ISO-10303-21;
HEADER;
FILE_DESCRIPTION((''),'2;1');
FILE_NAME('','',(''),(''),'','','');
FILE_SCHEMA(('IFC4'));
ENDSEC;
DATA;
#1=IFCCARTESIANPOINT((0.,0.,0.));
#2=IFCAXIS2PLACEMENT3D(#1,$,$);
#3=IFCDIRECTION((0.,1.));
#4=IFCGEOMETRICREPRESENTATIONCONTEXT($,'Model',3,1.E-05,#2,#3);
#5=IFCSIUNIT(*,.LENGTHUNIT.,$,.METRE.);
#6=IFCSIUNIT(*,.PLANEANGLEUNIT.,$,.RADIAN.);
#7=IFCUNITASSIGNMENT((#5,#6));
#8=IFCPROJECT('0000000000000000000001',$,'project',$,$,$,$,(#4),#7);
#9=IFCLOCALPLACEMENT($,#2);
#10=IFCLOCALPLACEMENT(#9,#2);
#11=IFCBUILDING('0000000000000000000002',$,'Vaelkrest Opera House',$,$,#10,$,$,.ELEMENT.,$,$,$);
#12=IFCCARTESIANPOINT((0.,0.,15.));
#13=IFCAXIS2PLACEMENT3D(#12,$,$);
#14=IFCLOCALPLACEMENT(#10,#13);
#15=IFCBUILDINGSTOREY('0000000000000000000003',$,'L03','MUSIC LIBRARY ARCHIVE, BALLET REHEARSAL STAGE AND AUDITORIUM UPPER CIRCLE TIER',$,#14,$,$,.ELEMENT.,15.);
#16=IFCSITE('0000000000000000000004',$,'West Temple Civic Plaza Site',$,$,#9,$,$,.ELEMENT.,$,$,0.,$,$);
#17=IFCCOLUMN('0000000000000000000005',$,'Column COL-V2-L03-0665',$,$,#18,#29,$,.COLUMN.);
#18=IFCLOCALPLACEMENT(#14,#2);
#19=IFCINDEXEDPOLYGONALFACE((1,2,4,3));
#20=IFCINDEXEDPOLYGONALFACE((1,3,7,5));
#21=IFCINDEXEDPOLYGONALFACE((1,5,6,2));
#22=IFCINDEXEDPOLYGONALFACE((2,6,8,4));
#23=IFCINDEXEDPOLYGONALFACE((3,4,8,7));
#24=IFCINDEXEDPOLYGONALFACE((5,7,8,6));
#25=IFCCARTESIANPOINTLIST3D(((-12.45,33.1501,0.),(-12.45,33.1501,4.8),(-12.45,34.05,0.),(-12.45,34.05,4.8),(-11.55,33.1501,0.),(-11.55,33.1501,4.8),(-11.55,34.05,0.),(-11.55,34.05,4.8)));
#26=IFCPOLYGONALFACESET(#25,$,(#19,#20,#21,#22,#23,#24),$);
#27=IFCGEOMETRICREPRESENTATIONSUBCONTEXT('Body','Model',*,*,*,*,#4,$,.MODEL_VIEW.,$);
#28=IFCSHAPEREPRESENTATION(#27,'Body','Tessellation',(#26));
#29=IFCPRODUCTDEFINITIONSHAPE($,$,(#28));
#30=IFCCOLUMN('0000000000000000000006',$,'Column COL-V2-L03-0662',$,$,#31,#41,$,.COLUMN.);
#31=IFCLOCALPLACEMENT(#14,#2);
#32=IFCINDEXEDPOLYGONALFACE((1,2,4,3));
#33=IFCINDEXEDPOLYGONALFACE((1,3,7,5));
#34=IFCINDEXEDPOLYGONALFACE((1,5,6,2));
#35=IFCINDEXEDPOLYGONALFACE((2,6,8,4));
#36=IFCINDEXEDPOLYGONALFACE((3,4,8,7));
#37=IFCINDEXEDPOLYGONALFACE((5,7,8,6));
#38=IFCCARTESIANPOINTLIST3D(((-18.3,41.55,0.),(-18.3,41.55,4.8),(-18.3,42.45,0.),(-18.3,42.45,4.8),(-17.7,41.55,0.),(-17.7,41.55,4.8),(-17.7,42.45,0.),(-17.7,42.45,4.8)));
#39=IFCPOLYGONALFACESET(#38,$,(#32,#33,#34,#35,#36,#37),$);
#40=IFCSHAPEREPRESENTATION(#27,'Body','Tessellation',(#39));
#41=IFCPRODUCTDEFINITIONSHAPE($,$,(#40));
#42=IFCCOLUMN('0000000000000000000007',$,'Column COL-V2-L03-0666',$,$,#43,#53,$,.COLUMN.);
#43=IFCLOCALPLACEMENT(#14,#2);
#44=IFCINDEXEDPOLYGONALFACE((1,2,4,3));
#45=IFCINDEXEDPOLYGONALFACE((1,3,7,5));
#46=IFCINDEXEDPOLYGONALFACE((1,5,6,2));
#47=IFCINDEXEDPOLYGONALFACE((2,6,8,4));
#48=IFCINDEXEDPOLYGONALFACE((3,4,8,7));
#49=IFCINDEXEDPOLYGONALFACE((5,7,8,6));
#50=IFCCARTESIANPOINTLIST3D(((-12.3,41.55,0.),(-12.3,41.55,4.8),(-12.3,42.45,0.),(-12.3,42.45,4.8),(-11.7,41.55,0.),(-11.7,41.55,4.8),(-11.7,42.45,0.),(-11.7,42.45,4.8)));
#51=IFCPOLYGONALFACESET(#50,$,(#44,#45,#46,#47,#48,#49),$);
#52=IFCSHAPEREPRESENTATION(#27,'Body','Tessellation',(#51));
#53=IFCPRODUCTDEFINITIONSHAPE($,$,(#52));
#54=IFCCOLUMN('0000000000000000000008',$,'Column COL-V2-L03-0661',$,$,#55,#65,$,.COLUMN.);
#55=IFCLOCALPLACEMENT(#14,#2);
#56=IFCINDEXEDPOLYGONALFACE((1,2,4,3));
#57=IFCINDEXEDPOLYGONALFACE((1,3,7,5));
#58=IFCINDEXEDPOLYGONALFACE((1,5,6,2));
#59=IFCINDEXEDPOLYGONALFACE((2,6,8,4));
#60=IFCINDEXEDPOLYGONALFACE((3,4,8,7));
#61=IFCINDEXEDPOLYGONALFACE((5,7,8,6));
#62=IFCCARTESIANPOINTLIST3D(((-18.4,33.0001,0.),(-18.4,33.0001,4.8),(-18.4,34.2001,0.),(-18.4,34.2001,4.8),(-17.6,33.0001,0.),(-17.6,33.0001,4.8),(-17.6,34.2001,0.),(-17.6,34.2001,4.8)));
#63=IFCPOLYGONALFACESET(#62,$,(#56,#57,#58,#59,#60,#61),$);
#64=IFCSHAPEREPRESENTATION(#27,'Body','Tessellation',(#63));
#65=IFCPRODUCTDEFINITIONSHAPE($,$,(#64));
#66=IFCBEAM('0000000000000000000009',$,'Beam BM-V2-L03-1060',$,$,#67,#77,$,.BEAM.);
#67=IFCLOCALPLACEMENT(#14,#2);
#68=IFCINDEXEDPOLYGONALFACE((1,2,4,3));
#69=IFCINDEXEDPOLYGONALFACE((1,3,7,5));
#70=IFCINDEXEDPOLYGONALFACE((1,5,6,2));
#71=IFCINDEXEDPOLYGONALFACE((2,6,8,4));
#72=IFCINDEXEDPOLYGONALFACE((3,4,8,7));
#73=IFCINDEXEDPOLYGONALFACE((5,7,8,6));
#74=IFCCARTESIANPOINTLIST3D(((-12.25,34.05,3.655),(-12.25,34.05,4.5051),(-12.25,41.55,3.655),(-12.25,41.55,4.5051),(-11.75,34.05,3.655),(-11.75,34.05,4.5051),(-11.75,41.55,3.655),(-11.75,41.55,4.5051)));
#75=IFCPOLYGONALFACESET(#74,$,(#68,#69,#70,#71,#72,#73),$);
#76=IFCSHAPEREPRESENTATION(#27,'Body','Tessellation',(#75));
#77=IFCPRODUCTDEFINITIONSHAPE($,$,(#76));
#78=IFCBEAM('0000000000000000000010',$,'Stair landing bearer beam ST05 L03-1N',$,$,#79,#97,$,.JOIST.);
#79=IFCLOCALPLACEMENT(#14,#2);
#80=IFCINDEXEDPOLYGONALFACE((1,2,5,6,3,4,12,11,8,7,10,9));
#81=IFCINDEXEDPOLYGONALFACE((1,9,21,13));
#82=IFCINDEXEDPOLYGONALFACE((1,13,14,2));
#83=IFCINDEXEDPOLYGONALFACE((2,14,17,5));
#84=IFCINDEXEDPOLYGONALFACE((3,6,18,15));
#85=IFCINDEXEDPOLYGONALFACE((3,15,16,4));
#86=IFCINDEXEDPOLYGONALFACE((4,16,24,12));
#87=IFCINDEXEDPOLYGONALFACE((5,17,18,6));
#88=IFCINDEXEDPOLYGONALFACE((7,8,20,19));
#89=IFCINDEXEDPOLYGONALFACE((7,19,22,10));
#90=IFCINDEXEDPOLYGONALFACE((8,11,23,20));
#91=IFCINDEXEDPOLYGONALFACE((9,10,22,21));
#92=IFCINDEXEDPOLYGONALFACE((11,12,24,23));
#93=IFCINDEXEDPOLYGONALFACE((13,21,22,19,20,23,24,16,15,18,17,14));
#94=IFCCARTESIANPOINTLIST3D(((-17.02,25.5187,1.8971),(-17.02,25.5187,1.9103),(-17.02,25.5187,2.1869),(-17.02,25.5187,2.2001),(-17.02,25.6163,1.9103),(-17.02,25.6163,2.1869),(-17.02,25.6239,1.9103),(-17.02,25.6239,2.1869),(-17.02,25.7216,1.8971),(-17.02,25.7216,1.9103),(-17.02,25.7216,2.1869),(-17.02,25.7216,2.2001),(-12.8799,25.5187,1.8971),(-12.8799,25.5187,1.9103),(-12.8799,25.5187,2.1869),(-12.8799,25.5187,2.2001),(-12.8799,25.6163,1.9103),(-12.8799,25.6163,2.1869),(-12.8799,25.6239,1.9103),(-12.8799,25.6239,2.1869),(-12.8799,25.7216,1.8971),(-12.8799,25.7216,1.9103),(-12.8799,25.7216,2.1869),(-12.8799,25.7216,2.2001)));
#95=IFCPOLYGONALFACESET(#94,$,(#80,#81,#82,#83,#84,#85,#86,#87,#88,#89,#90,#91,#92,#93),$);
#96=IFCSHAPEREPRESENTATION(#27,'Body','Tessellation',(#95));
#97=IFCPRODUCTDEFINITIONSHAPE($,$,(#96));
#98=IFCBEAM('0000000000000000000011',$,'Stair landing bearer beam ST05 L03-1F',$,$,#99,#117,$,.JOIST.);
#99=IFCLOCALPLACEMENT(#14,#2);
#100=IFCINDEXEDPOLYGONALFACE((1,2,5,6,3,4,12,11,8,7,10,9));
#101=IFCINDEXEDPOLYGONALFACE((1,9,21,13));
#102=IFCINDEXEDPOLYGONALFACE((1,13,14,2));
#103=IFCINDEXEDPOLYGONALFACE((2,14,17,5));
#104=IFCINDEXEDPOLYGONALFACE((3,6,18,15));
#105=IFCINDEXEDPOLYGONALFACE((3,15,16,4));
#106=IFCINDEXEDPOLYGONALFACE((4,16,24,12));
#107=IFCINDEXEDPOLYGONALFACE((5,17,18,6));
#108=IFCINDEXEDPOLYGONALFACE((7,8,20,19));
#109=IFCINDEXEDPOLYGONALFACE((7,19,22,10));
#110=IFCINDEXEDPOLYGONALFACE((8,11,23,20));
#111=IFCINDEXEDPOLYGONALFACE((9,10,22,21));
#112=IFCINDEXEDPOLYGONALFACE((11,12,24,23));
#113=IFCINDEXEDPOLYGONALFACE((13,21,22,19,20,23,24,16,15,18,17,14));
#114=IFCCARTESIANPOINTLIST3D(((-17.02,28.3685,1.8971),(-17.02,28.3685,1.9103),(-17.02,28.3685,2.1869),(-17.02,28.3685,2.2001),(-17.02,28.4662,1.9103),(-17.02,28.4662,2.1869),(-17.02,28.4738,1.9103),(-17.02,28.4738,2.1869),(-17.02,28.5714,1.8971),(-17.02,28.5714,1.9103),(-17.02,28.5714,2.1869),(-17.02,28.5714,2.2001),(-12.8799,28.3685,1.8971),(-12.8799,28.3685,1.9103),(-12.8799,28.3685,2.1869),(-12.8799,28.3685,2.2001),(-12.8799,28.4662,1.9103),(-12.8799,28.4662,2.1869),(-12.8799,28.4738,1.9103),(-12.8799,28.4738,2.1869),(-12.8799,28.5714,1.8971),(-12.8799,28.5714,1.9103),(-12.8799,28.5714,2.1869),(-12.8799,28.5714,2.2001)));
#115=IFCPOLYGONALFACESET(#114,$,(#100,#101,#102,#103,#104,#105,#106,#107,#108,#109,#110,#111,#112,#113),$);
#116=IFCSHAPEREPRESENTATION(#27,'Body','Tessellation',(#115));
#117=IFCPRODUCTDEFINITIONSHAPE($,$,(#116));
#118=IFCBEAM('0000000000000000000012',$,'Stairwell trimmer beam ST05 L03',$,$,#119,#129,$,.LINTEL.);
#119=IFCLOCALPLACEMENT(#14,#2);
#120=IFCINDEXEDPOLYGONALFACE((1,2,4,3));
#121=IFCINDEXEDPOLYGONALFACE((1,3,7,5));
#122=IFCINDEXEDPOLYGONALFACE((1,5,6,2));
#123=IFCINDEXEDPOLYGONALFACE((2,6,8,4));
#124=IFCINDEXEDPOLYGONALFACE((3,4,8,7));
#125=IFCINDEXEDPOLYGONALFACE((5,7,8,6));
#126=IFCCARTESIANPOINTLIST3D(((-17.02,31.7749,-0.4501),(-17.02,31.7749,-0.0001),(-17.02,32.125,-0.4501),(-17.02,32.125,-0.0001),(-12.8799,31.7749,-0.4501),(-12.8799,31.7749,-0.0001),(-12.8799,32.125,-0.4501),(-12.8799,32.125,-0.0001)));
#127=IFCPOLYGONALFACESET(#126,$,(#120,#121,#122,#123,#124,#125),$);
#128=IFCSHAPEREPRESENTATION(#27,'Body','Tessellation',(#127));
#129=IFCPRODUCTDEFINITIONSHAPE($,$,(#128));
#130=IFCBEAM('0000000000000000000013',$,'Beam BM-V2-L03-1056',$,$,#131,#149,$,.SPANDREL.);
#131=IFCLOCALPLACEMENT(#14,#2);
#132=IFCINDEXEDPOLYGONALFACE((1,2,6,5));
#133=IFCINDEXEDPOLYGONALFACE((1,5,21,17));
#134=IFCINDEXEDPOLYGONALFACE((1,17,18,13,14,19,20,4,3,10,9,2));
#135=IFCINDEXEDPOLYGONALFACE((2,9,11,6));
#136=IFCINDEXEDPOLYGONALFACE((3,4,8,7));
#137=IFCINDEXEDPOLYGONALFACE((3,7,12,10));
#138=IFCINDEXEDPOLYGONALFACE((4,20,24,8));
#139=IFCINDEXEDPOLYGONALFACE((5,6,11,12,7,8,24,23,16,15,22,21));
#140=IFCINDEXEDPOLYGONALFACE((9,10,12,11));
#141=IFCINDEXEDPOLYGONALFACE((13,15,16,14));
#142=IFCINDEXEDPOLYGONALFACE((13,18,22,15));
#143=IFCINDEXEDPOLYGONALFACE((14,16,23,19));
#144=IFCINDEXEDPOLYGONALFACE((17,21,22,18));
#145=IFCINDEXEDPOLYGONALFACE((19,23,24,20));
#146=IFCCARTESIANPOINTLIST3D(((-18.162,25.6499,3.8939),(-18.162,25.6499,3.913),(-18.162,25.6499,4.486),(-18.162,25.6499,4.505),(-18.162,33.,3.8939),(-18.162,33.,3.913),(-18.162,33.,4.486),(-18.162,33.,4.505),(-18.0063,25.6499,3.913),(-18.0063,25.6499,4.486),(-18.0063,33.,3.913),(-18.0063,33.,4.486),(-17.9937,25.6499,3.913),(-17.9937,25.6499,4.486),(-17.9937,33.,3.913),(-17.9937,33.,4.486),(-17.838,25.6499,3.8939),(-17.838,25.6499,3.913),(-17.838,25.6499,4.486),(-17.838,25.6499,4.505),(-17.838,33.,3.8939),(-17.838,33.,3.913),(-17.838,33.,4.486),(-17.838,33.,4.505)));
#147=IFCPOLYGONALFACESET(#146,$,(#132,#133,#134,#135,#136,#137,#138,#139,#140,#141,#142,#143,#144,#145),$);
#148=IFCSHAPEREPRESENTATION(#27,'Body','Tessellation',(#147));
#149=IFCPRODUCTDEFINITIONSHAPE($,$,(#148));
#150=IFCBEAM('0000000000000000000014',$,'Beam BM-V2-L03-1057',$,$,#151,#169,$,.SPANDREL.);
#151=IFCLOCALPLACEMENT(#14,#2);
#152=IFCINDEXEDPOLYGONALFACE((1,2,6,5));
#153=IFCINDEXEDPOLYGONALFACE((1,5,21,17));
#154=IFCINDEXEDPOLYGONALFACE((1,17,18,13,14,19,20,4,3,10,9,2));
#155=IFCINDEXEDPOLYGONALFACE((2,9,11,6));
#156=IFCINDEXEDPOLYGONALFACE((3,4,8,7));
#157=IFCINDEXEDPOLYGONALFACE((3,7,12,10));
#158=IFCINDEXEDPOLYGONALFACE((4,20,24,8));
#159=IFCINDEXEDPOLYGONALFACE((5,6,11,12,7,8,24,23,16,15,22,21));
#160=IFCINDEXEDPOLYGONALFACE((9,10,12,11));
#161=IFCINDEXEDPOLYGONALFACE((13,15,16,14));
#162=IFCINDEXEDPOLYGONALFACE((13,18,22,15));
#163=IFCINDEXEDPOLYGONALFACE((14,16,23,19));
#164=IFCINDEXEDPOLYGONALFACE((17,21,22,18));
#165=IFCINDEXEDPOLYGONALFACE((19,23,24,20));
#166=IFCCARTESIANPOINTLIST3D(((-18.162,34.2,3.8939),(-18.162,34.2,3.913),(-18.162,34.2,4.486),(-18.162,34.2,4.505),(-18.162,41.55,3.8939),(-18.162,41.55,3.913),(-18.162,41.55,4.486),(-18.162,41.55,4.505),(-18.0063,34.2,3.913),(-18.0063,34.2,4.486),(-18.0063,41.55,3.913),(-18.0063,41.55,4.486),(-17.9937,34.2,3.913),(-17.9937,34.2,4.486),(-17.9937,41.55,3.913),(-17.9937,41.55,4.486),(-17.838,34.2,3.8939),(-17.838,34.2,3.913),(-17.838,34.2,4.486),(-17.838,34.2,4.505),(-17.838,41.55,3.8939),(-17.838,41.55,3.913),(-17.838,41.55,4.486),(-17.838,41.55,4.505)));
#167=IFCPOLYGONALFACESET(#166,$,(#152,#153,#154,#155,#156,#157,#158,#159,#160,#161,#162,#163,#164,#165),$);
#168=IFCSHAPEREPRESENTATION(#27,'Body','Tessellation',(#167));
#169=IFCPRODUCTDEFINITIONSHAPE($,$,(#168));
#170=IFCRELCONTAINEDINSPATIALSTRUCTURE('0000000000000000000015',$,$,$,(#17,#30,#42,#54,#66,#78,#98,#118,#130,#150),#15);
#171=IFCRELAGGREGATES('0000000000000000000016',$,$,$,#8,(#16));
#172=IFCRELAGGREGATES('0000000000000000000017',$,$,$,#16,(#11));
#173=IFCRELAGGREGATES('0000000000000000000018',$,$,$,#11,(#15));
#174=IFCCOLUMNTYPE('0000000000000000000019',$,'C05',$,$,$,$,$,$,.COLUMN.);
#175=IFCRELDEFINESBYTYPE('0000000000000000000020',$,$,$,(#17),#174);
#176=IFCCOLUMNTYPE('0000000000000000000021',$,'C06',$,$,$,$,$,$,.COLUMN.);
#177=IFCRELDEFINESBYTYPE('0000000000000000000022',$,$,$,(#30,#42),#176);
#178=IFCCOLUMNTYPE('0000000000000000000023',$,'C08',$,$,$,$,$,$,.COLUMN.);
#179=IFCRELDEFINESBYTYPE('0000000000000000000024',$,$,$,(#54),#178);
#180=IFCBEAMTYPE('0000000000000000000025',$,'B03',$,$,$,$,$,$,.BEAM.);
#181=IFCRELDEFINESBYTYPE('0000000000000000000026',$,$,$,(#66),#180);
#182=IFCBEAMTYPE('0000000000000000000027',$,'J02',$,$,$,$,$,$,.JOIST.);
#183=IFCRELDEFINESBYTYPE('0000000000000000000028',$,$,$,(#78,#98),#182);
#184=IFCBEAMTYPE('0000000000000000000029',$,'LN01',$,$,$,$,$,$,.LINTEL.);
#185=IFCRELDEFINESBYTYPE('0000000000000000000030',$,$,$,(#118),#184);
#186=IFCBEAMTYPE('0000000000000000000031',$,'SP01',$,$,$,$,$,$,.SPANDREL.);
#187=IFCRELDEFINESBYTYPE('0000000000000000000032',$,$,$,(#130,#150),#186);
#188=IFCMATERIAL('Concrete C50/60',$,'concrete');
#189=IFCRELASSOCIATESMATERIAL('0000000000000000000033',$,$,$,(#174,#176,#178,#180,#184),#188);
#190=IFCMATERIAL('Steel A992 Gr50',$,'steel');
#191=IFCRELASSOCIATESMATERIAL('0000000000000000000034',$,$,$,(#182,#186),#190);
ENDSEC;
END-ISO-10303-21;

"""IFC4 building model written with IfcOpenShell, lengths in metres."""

from ifc_helpers import new_model, si_unit, direction, frame, origin, origin_2d, place, context, subcontext, project, spatial, rectangle, i_section, extrude, material, material_profile, profile_set, type_object, element, save


model = new_model("IFC4")

# Units and contexts
model_context = context("Model", 3, precision=1e-05, world=origin(), true_north=direction((0.0, 1.0)))
body_context = subcontext(model_context, "Body", "Model", "MODEL_VIEW")
ifc_project = project(units=[si_unit("LENGTHUNIT", "METRE"), si_unit("PLANEANGLEUNIT", "RADIAN")], contexts=[model_context])

# Site, building, storey
site_placement = place(None, origin())
site = spatial("IfcSite", under=ifc_project, at=site_placement, Name="West Temple Civic Plaza Site", CompositionType="ELEMENT", RefElevation=0.0)
building_placement = place(site_placement, origin())
building = spatial("IfcBuilding", under=site, at=building_placement, Name="Vaelkrest Opera House", CompositionType="ELEMENT")
storey_placement = place(building_placement, frame((0.0, 0.0, 15.0)))
storey = spatial("IfcBuildingStorey", under=building, at=storey_placement, Name="L03", Description="MUSIC LIBRARY ARCHIVE, BALLET REHEARSAL STAGE AND AUDITORIUM UPPER CIRCLE TIER", CompositionType="ELEMENT", Elevation=15.0)

# Columns
ifc_material_1 = material(Name="Concrete C50/60", Category="concrete")
ifc_material_profile_1 = material_profile(ifc_material_1, rectangle(XDim=0.8999, YDim=0.8999, at=origin_2d()), Name="RC900X900")
ifc_profile_set_1 = profile_set([ifc_material_profile_1], Name="Concrete C50/60")
column_type_1 = type_object("IfcColumnType", Name="C05", PredefinedType="COLUMN", material=ifc_profile_set_1)
column_1_placement = place(storey_placement, frame((-12.0, 33.6001, 0.0), z_axis=(0.0, 0.0, 1.0), x_axis=(1.0, 0.0, 0.0)))
element("IfcColumn", 1, at=column_1_placement, inside=storey, type_object=column_type_1, Name="Column COL-V2-L03-0665", PredefinedType="COLUMN", context=body_context, shape_type="SweptSolid", body=[
    extrude(rectangle(XDim=0.8999, YDim=0.8999, at=origin_2d()), origin(), (0.0, 0.0, 1.0), 4.8),
])
ifc_material_profile_2 = material_profile(ifc_material_1, rectangle(XDim=0.6001, YDim=0.8999, at=origin_2d()), Name="RC600X900")
ifc_profile_set_2 = profile_set([ifc_material_profile_2], Name="Concrete C50/60")
column_type_2 = type_object("IfcColumnType", Name="C06", PredefinedType="COLUMN", material=ifc_profile_set_2)
for number, where, z_axis, x_axis, name in (
    (2, (-18.0, 42.0, 0.0), (0.0, 0.0, 1.0), (1.0, 0.0, 0.0), "Column COL-V2-L03-0662"),
    (3, (-12.0, 42.0, 0.0), (0.0, 0.0, 1.0), (1.0, 0.0, 0.0), "Column COL-V2-L03-0666"),
):
    element("IfcColumn", number, at=place(storey_placement, frame(where, z_axis=z_axis, x_axis=x_axis)), inside=storey, type_object=column_type_2, Name=name, PredefinedType="COLUMN", context=body_context, shape_type="SweptSolid", body=[
        extrude(rectangle(XDim=0.6001, YDim=0.8999, at=origin_2d()), origin(), (0.0, 0.0, 1.0), 4.8),
    ])
ifc_material_profile_3 = material_profile(ifc_material_1, rectangle(XDim=0.8, YDim=1.2, at=origin_2d()), Name="RC800X1200")
ifc_profile_set_3 = profile_set([ifc_material_profile_3], Name="Concrete C50/60")
column_type_3 = type_object("IfcColumnType", Name="C08", PredefinedType="COLUMN", material=ifc_profile_set_3)
column_2_placement = place(storey_placement, frame((-18.0, 33.6001, 0.0), z_axis=(0.0, 0.0, 1.0), x_axis=(1.0, 0.0, 0.0)))
element("IfcColumn", 4, at=column_2_placement, inside=storey, type_object=column_type_3, Name="Column COL-V2-L03-0661", PredefinedType="COLUMN", context=body_context, shape_type="SweptSolid", body=[
    extrude(rectangle(XDim=0.8, YDim=1.2, at=origin_2d()), origin(), (0.0, 0.0, 1.0), 4.8),
])

# Beams
ifc_material_profile_4 = material_profile(ifc_material_1, rectangle(XDim=0.5, YDim=0.8501, at=origin_2d()), Name="RCB500X850")
ifc_profile_set_4 = profile_set([ifc_material_profile_4], Name="Concrete C50/60")
beam_type_1 = type_object("IfcBeamType", Name="B03", PredefinedType="BEAM", material=ifc_profile_set_4)
beam_1_placement = place(storey_placement, frame((-12.0, 34.05, 4.0801), z_axis=(0.0, 1.0, 0.0), x_axis=(-1.0, 0.0, 0.0)))
element("IfcBeam", 5, at=beam_1_placement, inside=storey, type_object=beam_type_1, Name="Beam BM-V2-L03-1060", PredefinedType="BEAM", context=body_context, shape_type="SweptSolid", body=[
    extrude(rectangle(XDim=0.5, YDim=0.8501, at=origin_2d()), origin(), (0.0, 0.0, 1.0), 7.5),
])
ifc_material_2 = material(Name="Steel A992 Gr50", Category="steel")
ifc_material_profile_5 = material_profile(ifc_material_2, i_section(OverallWidth=0.2029, OverallDepth=0.303, WebThickness=0.0076, FlangeThickness=0.0132, at=origin_2d()), Name="W12X40")
ifc_profile_set_5 = profile_set([ifc_material_profile_5], Name="Steel A992 Gr50")
beam_type_2 = type_object("IfcBeamType", Name="J02", PredefinedType="JOIST", material=ifc_profile_set_5)
for number, where, z_axis, x_axis, name in (
    (6, (-17.02, 25.6201, 2.0486), (1.0, 0.0, 0.0), (0.0, 1.0, 0.0), "Stair landing bearer beam ST05 L03-1N"),
    (7, (-17.02, 28.47, 2.0486), (1.0, 0.0, 0.0), (0.0, 1.0, 0.0), "Stair landing bearer beam ST05 L03-1F"),
):
    element("IfcBeam", number, at=place(storey_placement, frame(where, z_axis=z_axis, x_axis=x_axis)), inside=storey, type_object=beam_type_2, Name=name, PredefinedType="JOIST", context=body_context, shape_type="SweptSolid", body=[
        extrude(i_section(OverallWidth=0.2029, OverallDepth=0.303, WebThickness=0.0076, FlangeThickness=0.0132, at=origin_2d()), origin(), (0.0, 0.0, 1.0), 4.1401),
    ])
ifc_material_profile_6 = material_profile(ifc_material_1, rectangle(XDim=0.3501, YDim=0.45, at=origin_2d()), Name="RCB350X450")
ifc_profile_set_6 = profile_set([ifc_material_profile_6], Name="Concrete C50/60")
beam_type_3 = type_object("IfcBeamType", Name="LN01", PredefinedType="LINTEL", material=ifc_profile_set_6)
beam_2_placement = place(storey_placement, frame((-17.02, 31.95, -0.2251), z_axis=(1.0, 0.0, 0.0), x_axis=(0.0, 1.0, 0.0)))
element("IfcBeam", 8, at=beam_2_placement, inside=storey, type_object=beam_type_3, Name="Stairwell trimmer beam ST05 L03", PredefinedType="LINTEL", context=body_context, shape_type="SweptSolid", body=[
    extrude(rectangle(XDim=0.3501, YDim=0.45, at=origin_2d()), origin(), (0.0, 0.0, 1.0), 4.1401),
])
ifc_material_profile_7 = material_profile(ifc_material_2, i_section(OverallWidth=0.324, OverallDepth=0.6111, WebThickness=0.0127, FlangeThickness=0.019, at=origin_2d()), Name="W24X104")
ifc_profile_set_7 = profile_set([ifc_material_profile_7], Name="Steel A992 Gr50")
beam_type_4 = type_object("IfcBeamType", Name="SP01", PredefinedType="SPANDREL", material=ifc_profile_set_7)
for number, where, z_axis, x_axis, name in (
    (9, (-18.0, 25.6499, 4.1995), (0.0, 1.0, 0.0), (-1.0, 0.0, 0.0), "Beam BM-V2-L03-1056"),
    (10, (-18.0, 34.2, 4.1995), (0.0, 1.0, 0.0), (-1.0, 0.0, 0.0), "Beam BM-V2-L03-1057"),
):
    element("IfcBeam", number, at=place(storey_placement, frame(where, z_axis=z_axis, x_axis=x_axis)), inside=storey, type_object=beam_type_4, Name=name, PredefinedType="SPANDREL", context=body_context, shape_type="SweptSolid", body=[
        extrude(i_section(OverallWidth=0.324, OverallDepth=0.6111, WebThickness=0.0127, FlangeThickness=0.019, at=origin_2d()), origin(), (0.0, 0.0, 1.0), 7.3501),
    ])

save(model, "model.ifc")
